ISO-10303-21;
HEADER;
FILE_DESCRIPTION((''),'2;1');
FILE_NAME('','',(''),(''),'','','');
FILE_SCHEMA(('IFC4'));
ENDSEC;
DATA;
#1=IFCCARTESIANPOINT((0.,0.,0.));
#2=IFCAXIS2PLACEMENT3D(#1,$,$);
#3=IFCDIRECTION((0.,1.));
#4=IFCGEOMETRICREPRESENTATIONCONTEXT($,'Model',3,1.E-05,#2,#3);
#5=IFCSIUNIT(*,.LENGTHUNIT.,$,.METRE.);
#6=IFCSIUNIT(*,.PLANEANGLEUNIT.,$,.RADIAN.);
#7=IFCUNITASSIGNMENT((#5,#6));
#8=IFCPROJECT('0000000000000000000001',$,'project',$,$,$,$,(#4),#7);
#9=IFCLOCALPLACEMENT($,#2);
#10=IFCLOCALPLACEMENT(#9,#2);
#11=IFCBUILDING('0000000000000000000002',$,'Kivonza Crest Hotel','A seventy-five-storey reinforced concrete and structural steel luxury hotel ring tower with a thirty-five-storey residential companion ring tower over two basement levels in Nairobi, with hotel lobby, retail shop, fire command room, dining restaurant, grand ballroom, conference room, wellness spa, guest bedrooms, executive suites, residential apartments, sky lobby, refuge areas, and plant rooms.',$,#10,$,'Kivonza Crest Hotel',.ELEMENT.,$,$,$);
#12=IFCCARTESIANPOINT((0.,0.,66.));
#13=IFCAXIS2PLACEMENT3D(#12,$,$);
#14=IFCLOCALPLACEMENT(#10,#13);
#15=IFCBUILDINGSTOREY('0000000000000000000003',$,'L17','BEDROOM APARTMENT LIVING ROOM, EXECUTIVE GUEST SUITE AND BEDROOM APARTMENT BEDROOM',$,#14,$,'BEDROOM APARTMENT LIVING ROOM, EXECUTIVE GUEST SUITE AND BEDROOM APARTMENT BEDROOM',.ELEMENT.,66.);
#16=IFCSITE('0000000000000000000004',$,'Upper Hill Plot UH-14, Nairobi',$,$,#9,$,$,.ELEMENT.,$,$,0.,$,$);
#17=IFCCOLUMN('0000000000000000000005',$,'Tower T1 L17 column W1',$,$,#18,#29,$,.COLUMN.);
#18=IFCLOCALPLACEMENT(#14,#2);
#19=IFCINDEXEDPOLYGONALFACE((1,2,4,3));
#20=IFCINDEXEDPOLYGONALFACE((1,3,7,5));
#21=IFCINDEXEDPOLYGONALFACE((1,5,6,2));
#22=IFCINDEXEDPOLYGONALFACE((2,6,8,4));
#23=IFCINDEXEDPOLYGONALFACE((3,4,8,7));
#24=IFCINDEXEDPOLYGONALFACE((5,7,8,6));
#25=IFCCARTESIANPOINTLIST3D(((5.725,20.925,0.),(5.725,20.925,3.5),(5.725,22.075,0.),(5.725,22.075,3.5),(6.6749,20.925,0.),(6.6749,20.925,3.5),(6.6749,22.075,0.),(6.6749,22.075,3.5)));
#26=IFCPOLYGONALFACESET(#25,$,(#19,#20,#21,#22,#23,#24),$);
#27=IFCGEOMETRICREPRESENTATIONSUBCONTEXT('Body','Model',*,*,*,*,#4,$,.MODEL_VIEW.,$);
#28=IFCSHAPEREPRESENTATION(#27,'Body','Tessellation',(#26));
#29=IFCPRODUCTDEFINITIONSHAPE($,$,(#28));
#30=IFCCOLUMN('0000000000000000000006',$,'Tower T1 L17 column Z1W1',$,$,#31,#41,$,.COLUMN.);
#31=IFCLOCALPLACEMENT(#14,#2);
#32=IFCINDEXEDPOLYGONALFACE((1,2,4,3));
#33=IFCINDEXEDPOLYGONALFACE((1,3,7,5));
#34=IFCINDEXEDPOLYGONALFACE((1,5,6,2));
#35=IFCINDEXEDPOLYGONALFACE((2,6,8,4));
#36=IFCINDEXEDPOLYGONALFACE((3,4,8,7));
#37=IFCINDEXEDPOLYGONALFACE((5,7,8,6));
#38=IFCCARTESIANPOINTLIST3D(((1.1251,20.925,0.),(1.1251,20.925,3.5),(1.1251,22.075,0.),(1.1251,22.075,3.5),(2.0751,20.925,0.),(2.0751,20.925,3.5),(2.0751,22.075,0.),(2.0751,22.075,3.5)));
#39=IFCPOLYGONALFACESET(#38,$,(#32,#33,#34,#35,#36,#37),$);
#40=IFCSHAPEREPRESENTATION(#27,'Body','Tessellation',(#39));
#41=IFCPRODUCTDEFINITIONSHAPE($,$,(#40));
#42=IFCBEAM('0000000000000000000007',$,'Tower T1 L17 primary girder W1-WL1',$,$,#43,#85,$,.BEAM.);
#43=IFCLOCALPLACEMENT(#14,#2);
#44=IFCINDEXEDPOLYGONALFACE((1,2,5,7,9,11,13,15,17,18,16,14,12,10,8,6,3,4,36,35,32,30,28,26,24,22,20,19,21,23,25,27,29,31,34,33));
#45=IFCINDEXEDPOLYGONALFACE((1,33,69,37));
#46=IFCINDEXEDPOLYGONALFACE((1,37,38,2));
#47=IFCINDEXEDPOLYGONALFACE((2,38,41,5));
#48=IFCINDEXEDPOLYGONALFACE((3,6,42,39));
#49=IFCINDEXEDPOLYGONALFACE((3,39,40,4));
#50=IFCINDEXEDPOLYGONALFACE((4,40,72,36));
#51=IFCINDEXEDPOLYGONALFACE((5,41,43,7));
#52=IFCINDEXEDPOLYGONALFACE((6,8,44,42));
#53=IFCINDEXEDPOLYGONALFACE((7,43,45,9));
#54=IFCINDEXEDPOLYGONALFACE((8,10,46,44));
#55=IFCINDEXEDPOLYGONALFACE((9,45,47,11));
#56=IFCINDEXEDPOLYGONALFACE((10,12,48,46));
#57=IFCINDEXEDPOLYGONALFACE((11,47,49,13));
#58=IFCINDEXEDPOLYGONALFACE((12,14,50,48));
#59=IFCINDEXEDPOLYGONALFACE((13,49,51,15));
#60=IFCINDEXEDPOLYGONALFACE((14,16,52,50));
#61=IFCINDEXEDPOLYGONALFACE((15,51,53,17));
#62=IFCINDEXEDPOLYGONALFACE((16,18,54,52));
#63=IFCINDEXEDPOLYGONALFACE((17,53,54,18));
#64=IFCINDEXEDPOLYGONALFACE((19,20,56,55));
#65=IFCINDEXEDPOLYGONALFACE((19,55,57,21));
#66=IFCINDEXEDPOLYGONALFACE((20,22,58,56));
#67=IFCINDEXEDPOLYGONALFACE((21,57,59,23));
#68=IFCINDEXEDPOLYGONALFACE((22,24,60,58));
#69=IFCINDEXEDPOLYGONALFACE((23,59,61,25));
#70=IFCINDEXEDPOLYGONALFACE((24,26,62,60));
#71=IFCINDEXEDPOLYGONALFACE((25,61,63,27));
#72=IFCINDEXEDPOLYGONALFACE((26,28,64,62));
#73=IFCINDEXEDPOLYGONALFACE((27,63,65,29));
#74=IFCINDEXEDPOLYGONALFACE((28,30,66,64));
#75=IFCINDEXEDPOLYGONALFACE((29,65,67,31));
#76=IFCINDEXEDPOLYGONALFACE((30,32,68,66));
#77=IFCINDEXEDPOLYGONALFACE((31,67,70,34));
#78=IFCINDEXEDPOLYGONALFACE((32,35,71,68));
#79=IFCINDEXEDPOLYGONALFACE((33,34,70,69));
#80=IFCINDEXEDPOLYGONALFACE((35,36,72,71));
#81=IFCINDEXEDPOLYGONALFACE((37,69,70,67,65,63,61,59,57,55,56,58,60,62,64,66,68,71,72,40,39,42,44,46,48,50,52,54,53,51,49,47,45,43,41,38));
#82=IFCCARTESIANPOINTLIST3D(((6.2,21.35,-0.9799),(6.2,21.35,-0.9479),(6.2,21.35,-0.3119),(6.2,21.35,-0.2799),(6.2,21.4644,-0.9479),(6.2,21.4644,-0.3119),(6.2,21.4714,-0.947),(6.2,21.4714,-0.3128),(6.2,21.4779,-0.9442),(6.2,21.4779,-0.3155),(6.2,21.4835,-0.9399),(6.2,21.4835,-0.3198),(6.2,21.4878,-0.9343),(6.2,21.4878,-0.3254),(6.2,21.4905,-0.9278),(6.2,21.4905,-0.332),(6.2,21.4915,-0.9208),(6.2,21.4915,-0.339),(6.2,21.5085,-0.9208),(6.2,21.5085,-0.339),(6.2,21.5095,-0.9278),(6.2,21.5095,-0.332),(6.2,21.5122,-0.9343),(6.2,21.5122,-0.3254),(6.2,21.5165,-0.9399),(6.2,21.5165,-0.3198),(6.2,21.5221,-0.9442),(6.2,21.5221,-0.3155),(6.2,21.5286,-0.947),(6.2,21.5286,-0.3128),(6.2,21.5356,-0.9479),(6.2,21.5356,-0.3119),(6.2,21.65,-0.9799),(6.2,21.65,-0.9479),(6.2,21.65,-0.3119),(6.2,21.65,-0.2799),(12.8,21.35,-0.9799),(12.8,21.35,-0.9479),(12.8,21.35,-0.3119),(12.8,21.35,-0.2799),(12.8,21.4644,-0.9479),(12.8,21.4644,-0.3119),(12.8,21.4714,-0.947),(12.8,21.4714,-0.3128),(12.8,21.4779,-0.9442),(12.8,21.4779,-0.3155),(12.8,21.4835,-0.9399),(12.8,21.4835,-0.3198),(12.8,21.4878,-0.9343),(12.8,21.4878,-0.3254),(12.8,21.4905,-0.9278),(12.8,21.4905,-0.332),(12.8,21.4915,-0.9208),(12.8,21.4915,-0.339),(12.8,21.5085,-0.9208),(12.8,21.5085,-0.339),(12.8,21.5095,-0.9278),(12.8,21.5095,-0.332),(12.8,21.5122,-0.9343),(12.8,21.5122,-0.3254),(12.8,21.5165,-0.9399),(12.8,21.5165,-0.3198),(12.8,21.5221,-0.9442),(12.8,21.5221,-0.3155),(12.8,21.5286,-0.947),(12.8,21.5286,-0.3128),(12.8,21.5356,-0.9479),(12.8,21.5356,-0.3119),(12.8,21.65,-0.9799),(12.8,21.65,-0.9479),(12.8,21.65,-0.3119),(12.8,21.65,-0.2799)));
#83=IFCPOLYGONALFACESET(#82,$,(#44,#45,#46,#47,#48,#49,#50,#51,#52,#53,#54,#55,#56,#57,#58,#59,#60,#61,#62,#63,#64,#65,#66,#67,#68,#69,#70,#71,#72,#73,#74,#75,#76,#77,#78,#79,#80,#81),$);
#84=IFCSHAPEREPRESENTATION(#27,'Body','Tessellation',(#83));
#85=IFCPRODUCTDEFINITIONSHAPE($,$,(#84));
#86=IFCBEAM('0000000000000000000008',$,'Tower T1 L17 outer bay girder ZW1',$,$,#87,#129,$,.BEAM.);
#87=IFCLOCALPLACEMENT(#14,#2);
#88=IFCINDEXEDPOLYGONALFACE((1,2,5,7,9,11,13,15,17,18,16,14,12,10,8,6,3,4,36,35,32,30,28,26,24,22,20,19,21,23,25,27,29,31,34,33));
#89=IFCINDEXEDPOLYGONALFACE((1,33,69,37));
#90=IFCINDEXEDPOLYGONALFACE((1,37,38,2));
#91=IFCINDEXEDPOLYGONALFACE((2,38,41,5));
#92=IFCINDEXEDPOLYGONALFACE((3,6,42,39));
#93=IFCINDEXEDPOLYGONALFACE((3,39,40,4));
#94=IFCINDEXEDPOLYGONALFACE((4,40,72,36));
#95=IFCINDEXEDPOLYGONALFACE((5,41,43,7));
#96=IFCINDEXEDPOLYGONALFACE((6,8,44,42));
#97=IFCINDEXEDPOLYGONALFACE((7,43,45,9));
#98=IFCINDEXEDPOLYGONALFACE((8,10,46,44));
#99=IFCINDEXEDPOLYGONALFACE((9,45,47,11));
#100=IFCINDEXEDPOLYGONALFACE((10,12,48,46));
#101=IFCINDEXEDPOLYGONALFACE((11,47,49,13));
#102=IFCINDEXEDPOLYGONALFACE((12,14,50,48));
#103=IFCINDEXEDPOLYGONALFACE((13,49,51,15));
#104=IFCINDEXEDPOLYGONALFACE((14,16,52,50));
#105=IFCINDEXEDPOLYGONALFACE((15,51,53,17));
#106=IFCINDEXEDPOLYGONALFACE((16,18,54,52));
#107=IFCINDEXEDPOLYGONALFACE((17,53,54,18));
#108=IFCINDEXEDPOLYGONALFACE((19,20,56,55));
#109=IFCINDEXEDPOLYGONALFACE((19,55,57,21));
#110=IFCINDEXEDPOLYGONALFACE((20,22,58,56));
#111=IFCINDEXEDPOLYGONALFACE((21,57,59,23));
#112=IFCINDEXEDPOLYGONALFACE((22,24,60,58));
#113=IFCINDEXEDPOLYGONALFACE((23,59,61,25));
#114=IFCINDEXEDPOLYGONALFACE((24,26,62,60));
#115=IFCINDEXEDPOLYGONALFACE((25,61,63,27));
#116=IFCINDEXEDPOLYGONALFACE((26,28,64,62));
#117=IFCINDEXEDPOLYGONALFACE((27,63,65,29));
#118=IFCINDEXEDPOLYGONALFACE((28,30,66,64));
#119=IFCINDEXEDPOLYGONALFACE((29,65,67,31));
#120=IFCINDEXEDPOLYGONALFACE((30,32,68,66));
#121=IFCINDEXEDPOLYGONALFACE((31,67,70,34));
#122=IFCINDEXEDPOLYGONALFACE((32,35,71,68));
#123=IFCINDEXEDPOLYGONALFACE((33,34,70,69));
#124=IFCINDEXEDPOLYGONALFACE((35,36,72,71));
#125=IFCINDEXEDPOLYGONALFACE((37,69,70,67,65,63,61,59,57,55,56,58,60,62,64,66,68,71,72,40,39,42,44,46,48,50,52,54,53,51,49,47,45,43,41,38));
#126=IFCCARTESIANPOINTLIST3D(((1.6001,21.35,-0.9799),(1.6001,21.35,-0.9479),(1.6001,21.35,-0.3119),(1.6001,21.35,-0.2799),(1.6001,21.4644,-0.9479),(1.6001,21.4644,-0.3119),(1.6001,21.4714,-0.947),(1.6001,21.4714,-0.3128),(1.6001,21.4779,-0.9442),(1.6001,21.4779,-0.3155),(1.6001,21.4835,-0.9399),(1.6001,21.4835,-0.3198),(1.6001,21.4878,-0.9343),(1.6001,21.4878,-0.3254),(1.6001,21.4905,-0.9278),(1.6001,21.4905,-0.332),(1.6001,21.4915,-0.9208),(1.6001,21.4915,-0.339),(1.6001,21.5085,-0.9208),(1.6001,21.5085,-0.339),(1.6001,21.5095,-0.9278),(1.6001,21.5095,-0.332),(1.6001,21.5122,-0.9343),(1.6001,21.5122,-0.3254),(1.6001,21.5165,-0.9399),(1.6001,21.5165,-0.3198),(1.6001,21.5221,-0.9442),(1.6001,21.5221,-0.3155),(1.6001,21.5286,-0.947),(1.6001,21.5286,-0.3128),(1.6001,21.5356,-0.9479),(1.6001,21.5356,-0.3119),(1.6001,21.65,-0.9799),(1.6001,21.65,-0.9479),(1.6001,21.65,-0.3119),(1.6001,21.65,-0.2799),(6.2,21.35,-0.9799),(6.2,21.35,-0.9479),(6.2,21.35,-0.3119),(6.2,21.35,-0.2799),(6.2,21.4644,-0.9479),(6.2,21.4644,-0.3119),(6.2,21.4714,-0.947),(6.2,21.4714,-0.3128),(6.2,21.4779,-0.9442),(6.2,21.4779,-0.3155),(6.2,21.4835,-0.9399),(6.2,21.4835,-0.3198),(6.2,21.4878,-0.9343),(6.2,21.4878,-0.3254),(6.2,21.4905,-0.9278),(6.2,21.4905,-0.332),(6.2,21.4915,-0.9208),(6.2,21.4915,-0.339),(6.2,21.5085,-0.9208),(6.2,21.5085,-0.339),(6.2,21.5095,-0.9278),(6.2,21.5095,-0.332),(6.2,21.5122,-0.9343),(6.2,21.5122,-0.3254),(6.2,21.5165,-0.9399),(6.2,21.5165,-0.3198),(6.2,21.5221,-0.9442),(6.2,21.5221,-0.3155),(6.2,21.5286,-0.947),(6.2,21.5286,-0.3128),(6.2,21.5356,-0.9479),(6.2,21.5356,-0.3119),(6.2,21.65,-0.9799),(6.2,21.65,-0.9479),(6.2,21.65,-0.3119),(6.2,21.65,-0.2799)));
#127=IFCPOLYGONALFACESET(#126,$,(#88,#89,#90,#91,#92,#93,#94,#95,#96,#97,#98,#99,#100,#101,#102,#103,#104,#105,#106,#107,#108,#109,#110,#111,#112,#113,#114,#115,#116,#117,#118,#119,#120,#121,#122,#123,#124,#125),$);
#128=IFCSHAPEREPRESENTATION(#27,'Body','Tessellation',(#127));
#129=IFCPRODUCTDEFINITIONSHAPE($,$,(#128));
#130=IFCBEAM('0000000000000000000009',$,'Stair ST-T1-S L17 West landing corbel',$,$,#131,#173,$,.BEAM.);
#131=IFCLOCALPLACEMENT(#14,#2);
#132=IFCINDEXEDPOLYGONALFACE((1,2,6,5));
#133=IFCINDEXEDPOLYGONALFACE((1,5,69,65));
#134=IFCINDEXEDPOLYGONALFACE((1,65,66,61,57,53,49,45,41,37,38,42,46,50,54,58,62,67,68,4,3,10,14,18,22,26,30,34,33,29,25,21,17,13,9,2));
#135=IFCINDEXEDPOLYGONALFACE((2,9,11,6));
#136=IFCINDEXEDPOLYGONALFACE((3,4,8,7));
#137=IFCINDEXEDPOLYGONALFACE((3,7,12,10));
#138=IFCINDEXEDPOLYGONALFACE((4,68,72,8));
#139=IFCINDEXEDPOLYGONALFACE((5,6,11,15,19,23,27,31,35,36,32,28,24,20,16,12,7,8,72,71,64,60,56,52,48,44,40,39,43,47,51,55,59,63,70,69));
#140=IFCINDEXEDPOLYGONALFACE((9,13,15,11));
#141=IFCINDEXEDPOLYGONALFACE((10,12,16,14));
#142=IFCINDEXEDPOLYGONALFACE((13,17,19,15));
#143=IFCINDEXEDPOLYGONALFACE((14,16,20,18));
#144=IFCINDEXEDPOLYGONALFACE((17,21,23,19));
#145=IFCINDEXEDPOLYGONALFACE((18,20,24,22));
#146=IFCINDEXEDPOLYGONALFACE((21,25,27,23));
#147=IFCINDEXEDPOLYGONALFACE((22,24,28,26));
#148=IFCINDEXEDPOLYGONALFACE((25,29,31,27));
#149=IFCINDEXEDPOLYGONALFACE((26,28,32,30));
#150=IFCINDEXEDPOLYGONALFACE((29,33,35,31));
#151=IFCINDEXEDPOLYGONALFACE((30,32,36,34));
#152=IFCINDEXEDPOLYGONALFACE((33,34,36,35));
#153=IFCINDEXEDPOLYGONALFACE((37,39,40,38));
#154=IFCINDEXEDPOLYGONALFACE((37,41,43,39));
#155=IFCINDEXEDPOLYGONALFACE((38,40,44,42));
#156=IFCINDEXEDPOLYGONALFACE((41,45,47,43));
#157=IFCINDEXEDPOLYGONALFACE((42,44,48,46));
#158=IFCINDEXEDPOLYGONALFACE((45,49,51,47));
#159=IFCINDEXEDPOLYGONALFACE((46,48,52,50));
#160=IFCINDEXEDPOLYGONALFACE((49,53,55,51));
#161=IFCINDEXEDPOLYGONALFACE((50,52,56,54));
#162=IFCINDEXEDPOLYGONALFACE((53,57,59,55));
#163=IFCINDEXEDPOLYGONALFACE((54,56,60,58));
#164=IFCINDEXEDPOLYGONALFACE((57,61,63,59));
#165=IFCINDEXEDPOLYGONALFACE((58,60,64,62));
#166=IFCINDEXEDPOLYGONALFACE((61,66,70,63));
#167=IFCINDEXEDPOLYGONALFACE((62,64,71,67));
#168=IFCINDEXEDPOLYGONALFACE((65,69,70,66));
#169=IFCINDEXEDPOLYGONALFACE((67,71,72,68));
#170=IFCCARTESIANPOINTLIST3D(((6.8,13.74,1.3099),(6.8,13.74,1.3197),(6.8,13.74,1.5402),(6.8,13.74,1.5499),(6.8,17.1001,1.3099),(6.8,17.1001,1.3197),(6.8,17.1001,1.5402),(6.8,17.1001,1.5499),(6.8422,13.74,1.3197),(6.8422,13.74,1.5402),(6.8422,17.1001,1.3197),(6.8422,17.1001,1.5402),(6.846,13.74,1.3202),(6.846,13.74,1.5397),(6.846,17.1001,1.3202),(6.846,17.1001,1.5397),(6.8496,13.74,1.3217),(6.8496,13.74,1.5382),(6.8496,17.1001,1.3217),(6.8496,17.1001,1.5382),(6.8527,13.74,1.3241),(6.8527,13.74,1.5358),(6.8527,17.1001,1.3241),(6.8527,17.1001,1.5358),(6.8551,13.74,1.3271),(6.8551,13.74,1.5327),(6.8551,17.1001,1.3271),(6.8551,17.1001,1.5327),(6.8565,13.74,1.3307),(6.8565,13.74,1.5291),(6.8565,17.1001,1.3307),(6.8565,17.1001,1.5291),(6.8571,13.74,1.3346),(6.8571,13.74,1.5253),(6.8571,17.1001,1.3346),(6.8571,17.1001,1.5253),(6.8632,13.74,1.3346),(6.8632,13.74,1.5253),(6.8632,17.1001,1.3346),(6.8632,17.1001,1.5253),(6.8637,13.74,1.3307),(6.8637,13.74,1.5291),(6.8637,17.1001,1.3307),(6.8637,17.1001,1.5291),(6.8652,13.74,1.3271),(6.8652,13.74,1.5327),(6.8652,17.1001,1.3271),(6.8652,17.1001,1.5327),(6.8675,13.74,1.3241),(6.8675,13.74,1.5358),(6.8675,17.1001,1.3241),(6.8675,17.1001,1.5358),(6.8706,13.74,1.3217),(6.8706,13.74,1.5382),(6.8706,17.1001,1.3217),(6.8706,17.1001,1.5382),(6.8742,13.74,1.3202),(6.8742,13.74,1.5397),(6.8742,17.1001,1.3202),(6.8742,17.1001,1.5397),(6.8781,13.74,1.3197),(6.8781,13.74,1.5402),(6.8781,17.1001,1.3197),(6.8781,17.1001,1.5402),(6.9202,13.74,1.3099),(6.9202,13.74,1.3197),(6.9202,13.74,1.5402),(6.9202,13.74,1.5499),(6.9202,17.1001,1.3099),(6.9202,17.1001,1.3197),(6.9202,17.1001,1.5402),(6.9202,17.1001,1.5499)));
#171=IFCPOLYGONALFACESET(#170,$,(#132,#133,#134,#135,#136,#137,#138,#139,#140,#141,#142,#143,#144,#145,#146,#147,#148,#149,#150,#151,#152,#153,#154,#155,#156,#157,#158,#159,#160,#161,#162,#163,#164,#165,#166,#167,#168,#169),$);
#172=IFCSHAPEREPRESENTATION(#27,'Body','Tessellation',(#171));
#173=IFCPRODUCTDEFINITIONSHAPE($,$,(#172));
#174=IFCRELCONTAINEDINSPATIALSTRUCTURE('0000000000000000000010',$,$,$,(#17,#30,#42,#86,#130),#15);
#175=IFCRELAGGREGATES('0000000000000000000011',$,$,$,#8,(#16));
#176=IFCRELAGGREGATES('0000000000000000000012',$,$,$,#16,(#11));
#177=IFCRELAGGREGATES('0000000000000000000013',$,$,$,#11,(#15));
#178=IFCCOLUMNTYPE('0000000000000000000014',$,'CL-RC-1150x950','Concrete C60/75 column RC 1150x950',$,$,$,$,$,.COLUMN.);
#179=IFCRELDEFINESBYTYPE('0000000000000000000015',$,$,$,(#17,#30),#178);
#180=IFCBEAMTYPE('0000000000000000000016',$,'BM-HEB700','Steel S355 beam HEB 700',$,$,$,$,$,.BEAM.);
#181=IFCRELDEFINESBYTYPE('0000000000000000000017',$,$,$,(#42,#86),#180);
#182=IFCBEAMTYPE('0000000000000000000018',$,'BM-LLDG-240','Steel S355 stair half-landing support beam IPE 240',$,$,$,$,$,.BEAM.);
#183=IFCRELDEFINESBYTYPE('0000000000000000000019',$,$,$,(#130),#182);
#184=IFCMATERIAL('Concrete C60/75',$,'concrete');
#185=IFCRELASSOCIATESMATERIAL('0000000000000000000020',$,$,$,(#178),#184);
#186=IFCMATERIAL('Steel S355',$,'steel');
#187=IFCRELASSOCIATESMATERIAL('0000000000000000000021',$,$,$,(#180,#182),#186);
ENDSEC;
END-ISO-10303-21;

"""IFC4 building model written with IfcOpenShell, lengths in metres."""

from ifc_helpers import new_model, si_unit, direction, frame, origin, origin_2d, place, context, subcontext, project, spatial, rectangle, i_section, extrude, material, material_profile, profile_set, type_object, element, save


model = new_model("IFC4")

# Units and contexts
model_context = context("Model", 3, precision=1e-05, world=origin(), true_north=direction((0.0, 1.0)))
body_context = subcontext(model_context, "Body", "Model", "MODEL_VIEW")
ifc_project = project(units=[si_unit("LENGTHUNIT", "METRE"), si_unit("PLANEANGLEUNIT", "RADIAN")], contexts=[model_context])

# Site, building, storey
site_placement = place(None, origin())
site = spatial("IfcSite", under=ifc_project, at=site_placement, Name="Upper Hill Plot UH-14, Nairobi", CompositionType="ELEMENT", RefElevation=0.0)
building_placement = place(site_placement, origin())
building = spatial("IfcBuilding", under=site, at=building_placement, Name="Kivonza Crest Hotel", Description="A seventy-five-storey reinforced concrete and structural steel luxury hotel ring tower with a thirty-five-storey residential companion ring tower over two basement levels in Nairobi, with hotel lobby, retail shop, fire command room, dining restaurant, grand ballroom, conference room, wellness spa, guest bedrooms, executive suites, residential apartments, sky lobby, refuge areas, and plant rooms.", LongName="Kivonza Crest Hotel", CompositionType="ELEMENT")
storey_placement = place(building_placement, frame((0.0, 0.0, 66.0)))
storey = spatial("IfcBuildingStorey", under=building, at=storey_placement, Name="L17", Description="BEDROOM APARTMENT LIVING ROOM, EXECUTIVE GUEST SUITE AND BEDROOM APARTMENT BEDROOM", LongName="BEDROOM APARTMENT LIVING ROOM, EXECUTIVE GUEST SUITE AND BEDROOM APARTMENT BEDROOM", CompositionType="ELEMENT", Elevation=66.0)

# Columns
ifc_material_1 = material(Name="Concrete C60/75", Category="concrete")
ifc_material_profile_1 = material_profile(ifc_material_1, rectangle(XDim=0.95, YDim=1.1499, at=origin_2d()), Name="RC 1150x950")
ifc_profile_set_1 = profile_set([ifc_material_profile_1], Name="Concrete C60/75")
column_type = type_object("IfcColumnType", Name="CL-RC-1150x950", Description="Concrete C60/75 column RC 1150x950", PredefinedType="COLUMN", material=ifc_profile_set_1)
for number, where, z_axis, x_axis, name in (
    (1, (6.2, 21.5, 0.0), (0.0, 0.0, 1.0), (1.0, 0.0, 0.0), "Tower T1 L17 column W1"),
    (2, (1.6001, 21.5, 0.0), (0.0, 0.0, 1.0), (1.0, 0.0, 0.0), "Tower T1 L17 column Z1W1"),
):
    element("IfcColumn", number, at=place(storey_placement, frame(where, z_axis=z_axis, x_axis=x_axis)), inside=storey, type_object=column_type, Name=name, PredefinedType="COLUMN", context=body_context, shape_type="SweptSolid", body=[
        extrude(rectangle(XDim=0.95, YDim=1.1499, at=origin_2d()), origin(), (0.0, 0.0, 1.0), 3.5),
    ])

# Beams
ifc_material_2 = material(Name="Steel S355", Category="steel")
ifc_material_profile_2 = material_profile(ifc_material_2, i_section(OverallWidth=0.3, OverallDepth=0.7, WebThickness=0.0171, FlangeThickness=0.032, FilletRadius=0.0271, at=origin_2d()), Name="HEB 700")
ifc_profile_set_2 = profile_set([ifc_material_profile_2], Name="Steel S355")
beam_type_1 = type_object("IfcBeamType", Name="BM-HEB700", Description="Steel S355 beam HEB 700", PredefinedType="BEAM", material=ifc_profile_set_2)
beam_1_placement = place(storey_placement, frame((6.2, 21.5, -0.6299), z_axis=(1.0, 0.0, 0.0), x_axis=(0.0, 1.0, 0.0)))
element("IfcBeam", 3, at=beam_1_placement, inside=storey, type_object=beam_type_1, Name="Tower T1 L17 primary girder W1-WL1", PredefinedType="BEAM", context=body_context, shape_type="SweptSolid", body=[
    extrude(i_section(OverallWidth=0.3, OverallDepth=0.7, WebThickness=0.0171, FlangeThickness=0.032, FilletRadius=0.0271, at=origin_2d()), origin(), (0.0, 0.0, 1.0), 6.6001),
])
beam_2_placement = place(storey_placement, frame((1.6001, 21.5, -0.6299), z_axis=(1.0, 0.0, 0.0), x_axis=(0.0, 1.0, 0.0)))
element("IfcBeam", 4, at=beam_2_placement, inside=storey, type_object=beam_type_1, Name="Tower T1 L17 outer bay girder ZW1", PredefinedType="BEAM", context=body_context, shape_type="SweptSolid", body=[
    extrude(i_section(OverallWidth=0.3, OverallDepth=0.7, WebThickness=0.0171, FlangeThickness=0.032, FilletRadius=0.0271, at=origin_2d()), origin(), (0.0, 0.0, 1.0), 4.5999),
])
ifc_material_profile_3 = material_profile(ifc_material_2, i_section(OverallWidth=0.1201, OverallDepth=0.24, WebThickness=0.0061, FlangeThickness=0.0098, FilletRadius=0.0149, at=origin_2d()), Name="IPE 240")
ifc_profile_set_3 = profile_set([ifc_material_profile_3], Name="Steel S355")
beam_type_2 = type_object("IfcBeamType", Name="BM-LLDG-240", Description="Steel S355 stair half-landing support beam IPE 240", PredefinedType="BEAM", material=ifc_profile_set_3)
beam_3_placement = place(storey_placement, frame((6.8601, 13.74, 1.4299), z_axis=(0.0, 1.0, 0.0), x_axis=(-1.0, 0.0, 0.0)))
element("IfcBeam", 5, at=beam_3_placement, inside=storey, type_object=beam_type_2, Name="Stair ST-T1-S L17 West landing corbel", PredefinedType="BEAM", context=body_context, shape_type="SweptSolid", body=[
    extrude(i_section(OverallWidth=0.1201, OverallDepth=0.24, WebThickness=0.0061, FlangeThickness=0.0098, FilletRadius=0.0149, at=origin_2d()), origin(), (0.0, 0.0, 1.0), 3.3601),
])

save(model, "model.ifc")
